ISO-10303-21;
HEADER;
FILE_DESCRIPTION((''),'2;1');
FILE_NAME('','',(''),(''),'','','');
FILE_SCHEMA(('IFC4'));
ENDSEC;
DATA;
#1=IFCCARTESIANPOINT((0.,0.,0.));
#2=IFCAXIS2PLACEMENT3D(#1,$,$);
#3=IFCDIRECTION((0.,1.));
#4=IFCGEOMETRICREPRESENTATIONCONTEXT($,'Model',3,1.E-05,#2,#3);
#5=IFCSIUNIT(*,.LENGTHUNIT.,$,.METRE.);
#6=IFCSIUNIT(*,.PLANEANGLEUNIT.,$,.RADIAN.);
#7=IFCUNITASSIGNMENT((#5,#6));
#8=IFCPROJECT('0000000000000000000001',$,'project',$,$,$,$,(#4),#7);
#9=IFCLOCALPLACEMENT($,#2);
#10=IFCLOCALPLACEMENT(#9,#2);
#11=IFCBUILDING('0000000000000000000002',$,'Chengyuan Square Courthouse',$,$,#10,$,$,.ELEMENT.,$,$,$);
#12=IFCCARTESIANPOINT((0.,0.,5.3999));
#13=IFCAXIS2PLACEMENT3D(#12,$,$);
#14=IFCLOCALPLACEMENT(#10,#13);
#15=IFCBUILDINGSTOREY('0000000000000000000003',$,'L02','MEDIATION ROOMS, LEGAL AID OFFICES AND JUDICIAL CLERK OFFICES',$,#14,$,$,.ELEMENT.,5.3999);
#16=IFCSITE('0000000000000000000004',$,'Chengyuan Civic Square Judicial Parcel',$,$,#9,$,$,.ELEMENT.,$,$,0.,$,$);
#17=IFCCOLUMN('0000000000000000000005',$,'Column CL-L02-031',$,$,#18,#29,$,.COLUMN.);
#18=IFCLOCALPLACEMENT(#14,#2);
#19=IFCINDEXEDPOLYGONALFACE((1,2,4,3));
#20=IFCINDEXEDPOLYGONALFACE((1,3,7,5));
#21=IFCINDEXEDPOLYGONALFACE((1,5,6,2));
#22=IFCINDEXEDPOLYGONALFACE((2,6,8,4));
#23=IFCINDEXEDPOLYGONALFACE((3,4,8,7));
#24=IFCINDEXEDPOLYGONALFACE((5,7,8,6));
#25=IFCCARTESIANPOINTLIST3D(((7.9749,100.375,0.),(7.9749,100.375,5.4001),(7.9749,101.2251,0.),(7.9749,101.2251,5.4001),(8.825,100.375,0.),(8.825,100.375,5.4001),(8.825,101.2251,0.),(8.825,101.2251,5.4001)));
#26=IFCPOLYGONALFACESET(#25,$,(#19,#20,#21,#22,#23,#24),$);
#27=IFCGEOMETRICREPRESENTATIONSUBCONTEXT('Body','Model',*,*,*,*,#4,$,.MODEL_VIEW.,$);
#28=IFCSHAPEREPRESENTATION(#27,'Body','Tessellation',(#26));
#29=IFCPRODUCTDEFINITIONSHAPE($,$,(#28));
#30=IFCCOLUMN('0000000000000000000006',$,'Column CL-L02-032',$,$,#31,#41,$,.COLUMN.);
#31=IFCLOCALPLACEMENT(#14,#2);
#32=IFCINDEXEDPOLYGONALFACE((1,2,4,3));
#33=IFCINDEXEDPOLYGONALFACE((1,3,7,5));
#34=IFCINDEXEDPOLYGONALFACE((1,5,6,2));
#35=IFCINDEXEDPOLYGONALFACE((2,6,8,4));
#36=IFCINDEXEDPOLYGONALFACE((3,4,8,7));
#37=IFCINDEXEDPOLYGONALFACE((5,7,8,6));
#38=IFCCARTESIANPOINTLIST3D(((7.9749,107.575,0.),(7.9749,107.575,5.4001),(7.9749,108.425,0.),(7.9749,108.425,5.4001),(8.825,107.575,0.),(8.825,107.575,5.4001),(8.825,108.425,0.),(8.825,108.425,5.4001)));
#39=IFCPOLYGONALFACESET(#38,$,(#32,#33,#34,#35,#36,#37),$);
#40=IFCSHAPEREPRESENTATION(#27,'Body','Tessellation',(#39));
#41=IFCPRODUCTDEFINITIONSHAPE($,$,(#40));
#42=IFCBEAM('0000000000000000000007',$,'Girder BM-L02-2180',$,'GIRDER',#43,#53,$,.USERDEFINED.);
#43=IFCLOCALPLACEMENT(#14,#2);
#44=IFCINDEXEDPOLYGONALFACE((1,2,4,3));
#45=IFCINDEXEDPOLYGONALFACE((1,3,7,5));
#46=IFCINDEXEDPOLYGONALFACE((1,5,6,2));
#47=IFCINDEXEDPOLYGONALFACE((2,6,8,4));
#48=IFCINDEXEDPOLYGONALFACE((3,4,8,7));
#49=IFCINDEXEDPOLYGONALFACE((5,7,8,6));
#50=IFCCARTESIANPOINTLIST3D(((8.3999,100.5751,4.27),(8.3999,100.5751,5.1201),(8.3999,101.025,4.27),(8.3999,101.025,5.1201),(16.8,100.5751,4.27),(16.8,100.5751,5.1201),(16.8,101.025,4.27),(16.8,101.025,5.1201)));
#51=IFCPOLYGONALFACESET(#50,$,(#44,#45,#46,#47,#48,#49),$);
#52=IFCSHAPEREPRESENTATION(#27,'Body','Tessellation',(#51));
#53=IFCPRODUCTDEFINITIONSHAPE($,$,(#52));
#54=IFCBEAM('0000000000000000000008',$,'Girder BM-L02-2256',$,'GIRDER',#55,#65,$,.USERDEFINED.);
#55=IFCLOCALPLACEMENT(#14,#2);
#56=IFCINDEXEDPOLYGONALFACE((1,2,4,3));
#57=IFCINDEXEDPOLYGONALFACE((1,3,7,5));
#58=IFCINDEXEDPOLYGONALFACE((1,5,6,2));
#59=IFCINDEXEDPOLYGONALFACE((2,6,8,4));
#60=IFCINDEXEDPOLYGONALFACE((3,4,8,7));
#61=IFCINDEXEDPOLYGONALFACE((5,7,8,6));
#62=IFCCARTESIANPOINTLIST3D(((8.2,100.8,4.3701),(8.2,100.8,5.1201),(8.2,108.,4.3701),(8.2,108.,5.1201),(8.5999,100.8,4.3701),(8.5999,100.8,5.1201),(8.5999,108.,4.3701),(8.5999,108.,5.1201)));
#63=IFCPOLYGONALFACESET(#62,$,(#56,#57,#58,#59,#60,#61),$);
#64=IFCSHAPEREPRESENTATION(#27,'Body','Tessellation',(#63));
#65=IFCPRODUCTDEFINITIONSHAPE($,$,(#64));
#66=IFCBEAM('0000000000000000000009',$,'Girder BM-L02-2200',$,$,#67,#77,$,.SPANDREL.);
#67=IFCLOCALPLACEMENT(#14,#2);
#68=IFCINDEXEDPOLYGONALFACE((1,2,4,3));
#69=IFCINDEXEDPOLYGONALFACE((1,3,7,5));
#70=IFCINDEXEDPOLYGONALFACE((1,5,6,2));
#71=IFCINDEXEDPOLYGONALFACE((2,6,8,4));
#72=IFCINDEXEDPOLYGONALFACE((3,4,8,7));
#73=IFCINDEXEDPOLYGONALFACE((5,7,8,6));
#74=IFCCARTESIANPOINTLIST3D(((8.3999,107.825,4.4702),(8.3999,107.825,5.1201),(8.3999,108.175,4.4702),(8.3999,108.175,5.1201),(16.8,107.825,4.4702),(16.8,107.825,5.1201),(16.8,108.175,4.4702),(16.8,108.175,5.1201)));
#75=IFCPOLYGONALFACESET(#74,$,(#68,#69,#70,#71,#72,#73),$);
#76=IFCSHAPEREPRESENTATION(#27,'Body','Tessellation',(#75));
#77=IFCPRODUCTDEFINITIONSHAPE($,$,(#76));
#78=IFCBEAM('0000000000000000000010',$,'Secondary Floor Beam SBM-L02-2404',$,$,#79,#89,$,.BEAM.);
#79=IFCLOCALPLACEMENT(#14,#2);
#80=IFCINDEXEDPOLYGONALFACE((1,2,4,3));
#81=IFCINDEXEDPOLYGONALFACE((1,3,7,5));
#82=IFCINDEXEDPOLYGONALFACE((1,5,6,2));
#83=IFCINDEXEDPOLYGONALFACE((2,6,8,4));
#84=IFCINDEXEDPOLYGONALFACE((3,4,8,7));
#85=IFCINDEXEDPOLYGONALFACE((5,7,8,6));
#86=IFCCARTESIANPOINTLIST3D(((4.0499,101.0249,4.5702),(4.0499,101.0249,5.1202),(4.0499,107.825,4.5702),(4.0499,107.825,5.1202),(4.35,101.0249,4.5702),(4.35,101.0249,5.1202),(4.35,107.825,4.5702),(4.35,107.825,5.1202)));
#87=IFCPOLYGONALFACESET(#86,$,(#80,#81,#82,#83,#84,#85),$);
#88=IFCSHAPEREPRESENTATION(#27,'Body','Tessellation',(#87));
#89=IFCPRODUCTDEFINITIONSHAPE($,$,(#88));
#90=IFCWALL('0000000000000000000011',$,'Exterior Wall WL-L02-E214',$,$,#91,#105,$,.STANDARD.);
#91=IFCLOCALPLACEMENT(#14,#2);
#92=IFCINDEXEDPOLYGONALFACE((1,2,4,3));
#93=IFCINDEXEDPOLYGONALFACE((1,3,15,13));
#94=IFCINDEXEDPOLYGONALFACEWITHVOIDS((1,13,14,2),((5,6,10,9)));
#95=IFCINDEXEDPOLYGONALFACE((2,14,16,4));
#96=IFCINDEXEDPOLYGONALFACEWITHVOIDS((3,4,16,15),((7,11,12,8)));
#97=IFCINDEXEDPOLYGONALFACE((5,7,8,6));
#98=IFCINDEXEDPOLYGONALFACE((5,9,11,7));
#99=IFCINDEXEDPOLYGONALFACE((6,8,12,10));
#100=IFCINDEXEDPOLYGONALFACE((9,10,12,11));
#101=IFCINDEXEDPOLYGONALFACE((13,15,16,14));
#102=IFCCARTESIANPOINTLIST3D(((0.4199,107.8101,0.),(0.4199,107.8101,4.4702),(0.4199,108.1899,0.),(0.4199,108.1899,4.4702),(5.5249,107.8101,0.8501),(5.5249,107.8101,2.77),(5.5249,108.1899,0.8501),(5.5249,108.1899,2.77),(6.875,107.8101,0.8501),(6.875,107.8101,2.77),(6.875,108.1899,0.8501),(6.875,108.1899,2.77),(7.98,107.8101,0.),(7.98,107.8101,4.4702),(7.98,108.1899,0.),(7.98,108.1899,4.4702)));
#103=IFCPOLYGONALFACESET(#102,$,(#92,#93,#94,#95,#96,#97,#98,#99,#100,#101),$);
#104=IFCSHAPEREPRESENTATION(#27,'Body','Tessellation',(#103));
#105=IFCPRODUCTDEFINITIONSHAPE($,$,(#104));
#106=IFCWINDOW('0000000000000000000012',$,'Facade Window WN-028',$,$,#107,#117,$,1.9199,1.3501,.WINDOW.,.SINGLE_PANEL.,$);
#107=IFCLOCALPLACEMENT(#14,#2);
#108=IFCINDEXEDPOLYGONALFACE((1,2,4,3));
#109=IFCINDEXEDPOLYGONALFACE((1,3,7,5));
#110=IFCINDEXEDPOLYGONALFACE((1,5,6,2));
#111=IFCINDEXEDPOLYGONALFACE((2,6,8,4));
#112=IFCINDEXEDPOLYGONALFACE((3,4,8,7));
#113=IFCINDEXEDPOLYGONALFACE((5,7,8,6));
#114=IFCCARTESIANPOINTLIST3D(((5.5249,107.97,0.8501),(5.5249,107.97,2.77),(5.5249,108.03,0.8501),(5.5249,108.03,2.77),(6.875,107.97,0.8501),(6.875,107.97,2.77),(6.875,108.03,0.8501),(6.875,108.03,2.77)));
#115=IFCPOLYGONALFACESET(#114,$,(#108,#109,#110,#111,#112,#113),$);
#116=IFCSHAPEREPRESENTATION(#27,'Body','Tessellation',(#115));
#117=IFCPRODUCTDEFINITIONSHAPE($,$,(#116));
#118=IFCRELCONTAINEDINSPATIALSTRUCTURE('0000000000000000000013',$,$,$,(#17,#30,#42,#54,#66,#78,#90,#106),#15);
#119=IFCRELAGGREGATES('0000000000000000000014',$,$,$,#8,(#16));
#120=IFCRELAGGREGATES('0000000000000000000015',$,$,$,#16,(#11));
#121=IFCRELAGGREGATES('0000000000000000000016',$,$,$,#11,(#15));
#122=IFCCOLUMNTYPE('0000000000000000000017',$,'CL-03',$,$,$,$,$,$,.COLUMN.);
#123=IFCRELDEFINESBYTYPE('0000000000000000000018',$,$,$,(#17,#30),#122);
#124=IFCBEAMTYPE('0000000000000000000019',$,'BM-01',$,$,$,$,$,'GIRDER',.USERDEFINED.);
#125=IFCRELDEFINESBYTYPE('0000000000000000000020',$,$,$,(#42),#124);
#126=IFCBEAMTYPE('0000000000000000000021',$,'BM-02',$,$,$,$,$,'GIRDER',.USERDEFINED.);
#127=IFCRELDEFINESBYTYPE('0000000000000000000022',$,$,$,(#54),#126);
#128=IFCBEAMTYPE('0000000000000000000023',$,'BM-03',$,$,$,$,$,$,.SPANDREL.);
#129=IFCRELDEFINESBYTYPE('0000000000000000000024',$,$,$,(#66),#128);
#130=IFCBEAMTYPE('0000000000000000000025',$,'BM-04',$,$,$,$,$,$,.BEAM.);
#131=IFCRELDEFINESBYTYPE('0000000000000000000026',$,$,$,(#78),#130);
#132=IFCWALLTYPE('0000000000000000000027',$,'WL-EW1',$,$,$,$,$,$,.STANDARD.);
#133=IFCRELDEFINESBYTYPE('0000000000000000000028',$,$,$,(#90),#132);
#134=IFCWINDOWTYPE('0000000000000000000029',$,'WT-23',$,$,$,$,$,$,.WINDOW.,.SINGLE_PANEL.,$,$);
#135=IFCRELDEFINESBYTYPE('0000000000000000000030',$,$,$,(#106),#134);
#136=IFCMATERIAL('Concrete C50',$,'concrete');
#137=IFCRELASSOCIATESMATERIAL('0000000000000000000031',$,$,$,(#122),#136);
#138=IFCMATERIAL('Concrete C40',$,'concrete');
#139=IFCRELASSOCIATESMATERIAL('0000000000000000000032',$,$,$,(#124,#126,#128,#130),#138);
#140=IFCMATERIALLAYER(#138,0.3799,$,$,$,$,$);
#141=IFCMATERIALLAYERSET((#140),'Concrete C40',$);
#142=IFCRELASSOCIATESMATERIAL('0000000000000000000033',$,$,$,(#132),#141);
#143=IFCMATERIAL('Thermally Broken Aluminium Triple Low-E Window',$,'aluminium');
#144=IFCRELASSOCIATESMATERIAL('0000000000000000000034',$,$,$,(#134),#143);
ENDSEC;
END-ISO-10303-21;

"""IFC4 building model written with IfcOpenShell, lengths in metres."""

from ifc_helpers import new_model, si_unit, direction, frame, frame_2d, origin, origin_2d, place, context, subcontext, project, spatial, rectangle, extrude, material, layer, layer_set, material_profile, profile_set, type_object, element, fill, save


model = new_model("IFC4")

# Units and contexts
model_context = context("Model", 3, precision=1e-05, world=origin(), true_north=direction((0.0, 1.0)))
body_context = subcontext(model_context, "Body", "Model", "MODEL_VIEW")
ifc_project = project(units=[si_unit("LENGTHUNIT", "METRE"), si_unit("PLANEANGLEUNIT", "RADIAN")], contexts=[model_context])

# Site, building, storey
site_placement = place(None, origin())
site = spatial("IfcSite", under=ifc_project, at=site_placement, Name="Chengyuan Civic Square Judicial Parcel", CompositionType="ELEMENT", RefElevation=0.0)
building_placement = place(site_placement, origin())
building = spatial("IfcBuilding", under=site, at=building_placement, Name="Chengyuan Square Courthouse", CompositionType="ELEMENT")
storey_placement = place(building_placement, frame((0.0, 0.0, 5.3999)))
storey = spatial("IfcBuildingStorey", under=building, at=storey_placement, Name="L02", Description="MEDIATION ROOMS, LEGAL AID OFFICES AND JUDICIAL CLERK OFFICES", CompositionType="ELEMENT", Elevation=5.3999)

# Columns
ifc_material_1 = material(Name="Concrete C50", Category="concrete")
ifc_material_profile_1 = material_profile(ifc_material_1, rectangle(XDim=0.8501, YDim=0.8501, at=origin_2d()), Name="RC-COL-850x850")
ifc_profile_set_1 = profile_set([ifc_material_profile_1], Name="Concrete C50")
column_type = type_object("IfcColumnType", Name="CL-03", PredefinedType="COLUMN", material=ifc_profile_set_1)
for number, where, z_axis, x_axis, name in (
    (1, (8.3999, 100.8, 0.0), (0.0, 0.0, 1.0), (1.0, 0.0, 0.0), "Column CL-L02-031"),
    (2, (8.3999, 108.0, 0.0), (0.0, 0.0, 1.0), (1.0, 0.0, 0.0), "Column CL-L02-032"),
):
    element("IfcColumn", number, at=place(storey_placement, frame(where, z_axis=z_axis, x_axis=x_axis)), inside=storey, type_object=column_type, Name=name, PredefinedType="COLUMN", context=body_context, shape_type="SweptSolid", body=[
        extrude(rectangle(XDim=0.8501, YDim=0.8501, at=origin_2d()), origin(), (0.0, 0.0, 1.0), 5.4001),
    ])

# Beams
ifc_material_2 = material(Name="Concrete C40", Category="concrete")
ifc_material_profile_2 = material_profile(ifc_material_2, rectangle(XDim=0.45, YDim=0.8501, at=origin_2d()), Name="RC-BM-450x850")
ifc_profile_set_2 = profile_set([ifc_material_profile_2], Name="Concrete C40")
beam_type_1 = type_object("IfcBeamType", Name="BM-01", ElementType="GIRDER", PredefinedType="USERDEFINED", material=ifc_profile_set_2)
beam_1_placement = place(storey_placement, frame((8.3999, 100.8, 4.6951), z_axis=(1.0, 0.0, 0.0), x_axis=(0.0, 1.0, 0.0)))
element("IfcBeam", 3, at=beam_1_placement, inside=storey, type_object=beam_type_1, Name="Girder BM-L02-2180", ObjectType="GIRDER", PredefinedType="USERDEFINED", context=body_context, shape_type="SweptSolid", body=[
    extrude(rectangle(XDim=0.45, YDim=0.8501, at=origin_2d()), origin(), (0.0, 0.0, 1.0), 8.4001),
])
ifc_material_profile_3 = material_profile(ifc_material_2, rectangle(XDim=0.3999, YDim=0.75, at=origin_2d()), Name="RC-BM-400x750")
ifc_profile_set_3 = profile_set([ifc_material_profile_3], Name="Concrete C40")
beam_type_2 = type_object("IfcBeamType", Name="BM-02", ElementType="GIRDER", PredefinedType="USERDEFINED", material=ifc_profile_set_3)
beam_2_placement = place(storey_placement, frame((8.3999, 100.8, 4.7451), z_axis=(0.0, 1.0, 0.0), x_axis=(-1.0, 0.0, 0.0)))
element("IfcBeam", 4, at=beam_2_placement, inside=storey, type_object=beam_type_2, Name="Girder BM-L02-2256", ObjectType="GIRDER", PredefinedType="USERDEFINED", context=body_context, shape_type="SweptSolid", body=[
    extrude(rectangle(XDim=0.3999, YDim=0.75, at=origin_2d()), origin(), (0.0, 0.0, 1.0), 7.2),
])
ifc_material_profile_4 = material_profile(ifc_material_2, rectangle(XDim=0.3501, YDim=0.6499, at=origin_2d()), Name="RC-BM-350x650")
ifc_profile_set_4 = profile_set([ifc_material_profile_4], Name="Concrete C40")
beam_type_3 = type_object("IfcBeamType", Name="BM-03", PredefinedType="SPANDREL", material=ifc_profile_set_4)
beam_3_placement = place(storey_placement, frame((8.3999, 108.0, 4.7952), z_axis=(1.0, 0.0, 0.0), x_axis=(0.0, 1.0, 0.0)))
element("IfcBeam", 5, at=beam_3_placement, inside=storey, type_object=beam_type_3, Name="Girder BM-L02-2200", PredefinedType="SPANDREL", context=body_context, shape_type="SweptSolid", body=[
    extrude(rectangle(XDim=0.3501, YDim=0.6499, at=origin_2d()), origin(), (0.0, 0.0, 1.0), 8.4001),
])
ifc_material_profile_5 = material_profile(ifc_material_2, rectangle(XDim=0.3, YDim=0.55, at=origin_2d()), Name="RC-BM-300x550")
ifc_profile_set_5 = profile_set([ifc_material_profile_5], Name="Concrete C40")
beam_type_4 = type_object("IfcBeamType", Name="BM-04", PredefinedType="BEAM", material=ifc_profile_set_5)
beam_4_placement = place(storey_placement, frame((4.2, 101.0249, 4.8452), z_axis=(0.0, 1.0, 0.0), x_axis=(-1.0, 0.0, 0.0)))
element("IfcBeam", 6, at=beam_4_placement, inside=storey, type_object=beam_type_4, Name="Secondary Floor Beam SBM-L02-2404", PredefinedType="BEAM", context=body_context, shape_type="SweptSolid", body=[
    extrude(rectangle(XDim=0.3, YDim=0.55, at=origin_2d()), origin(), (0.0, 0.0, 1.0), 6.8),
])

# Wall, opening, window
ifc_layer_1 = layer(ifc_material_2, 0.3799)
ifc_layer_set_1 = layer_set([ifc_layer_1], Name="Concrete C40")
wall_type_1 = type_object("IfcWallType", Name="WL-EW1", PredefinedType="STANDARD", material=ifc_layer_set_1)
wall_1_placement = place(storey_placement, frame((0.4199, 108.0, 0.0), z_axis=(0.0, 0.0, 1.0), x_axis=(1.0, 0.0, 0.0)))
wall_1 = element("IfcWall", 7, at=wall_1_placement, inside=storey, type_object=wall_type_1, Name="Exterior Wall WL-L02-E214", PredefinedType="STANDARD", context=body_context, shape_type="SweptSolid", body=[
    extrude(rectangle(XDim=7.5601, YDim=0.3799, at=frame_2d((3.78, 0.0))), origin(), (0.0, 0.0, 1.0), 4.4702),
])
opening_1_placement = place(wall_1_placement, frame((5.105, 0.0, 0.8501)))
opening_1 = element("IfcOpeningElement", 8, at=opening_1_placement, cuts=wall_1, PredefinedType="OPENING", context=body_context, shape_type="SweptSolid", body=[
    extrude(rectangle(XDim=1.3501, YDim=1.9199, at=frame_2d((0.675, 0.96))), frame((0.0, 0.2019, 0.0), z_axis=(0.0, -1.0, 0.0), x_axis=(1.0, 0.0, 0.0)), (0.0, 0.0, 1.0), 0.4038),
])
ifc_material_3 = material(Name="Thermally Broken Aluminium Triple Low-E Window", Category="aluminium")
window_type = type_object("IfcWindowType", Name="WT-23", PartitioningType="SINGLE_PANEL", PredefinedType="WINDOW", material=ifc_material_3)
window_placement = place(opening_1_placement, origin())
window = element("IfcWindow", 9, at=window_placement, inside=storey, type_object=window_type, Name="Facade Window WN-028", OverallHeight=1.9199, OverallWidth=1.3501, PartitioningType="SINGLE_PANEL", PredefinedType="WINDOW", context=body_context, shape_type="SweptSolid", body=[
    extrude(rectangle(XDim=1.3501, YDim=1.9199, at=frame_2d((0.675, 0.96))), frame((0.0, 0.03, 0.0), z_axis=(0.0, -1.0, 0.0), x_axis=(1.0, 0.0, 0.0)), (0.0, 0.0, 1.0), 0.0601),
])
fill(opening_1, window)

save(model, "model.ifc")
